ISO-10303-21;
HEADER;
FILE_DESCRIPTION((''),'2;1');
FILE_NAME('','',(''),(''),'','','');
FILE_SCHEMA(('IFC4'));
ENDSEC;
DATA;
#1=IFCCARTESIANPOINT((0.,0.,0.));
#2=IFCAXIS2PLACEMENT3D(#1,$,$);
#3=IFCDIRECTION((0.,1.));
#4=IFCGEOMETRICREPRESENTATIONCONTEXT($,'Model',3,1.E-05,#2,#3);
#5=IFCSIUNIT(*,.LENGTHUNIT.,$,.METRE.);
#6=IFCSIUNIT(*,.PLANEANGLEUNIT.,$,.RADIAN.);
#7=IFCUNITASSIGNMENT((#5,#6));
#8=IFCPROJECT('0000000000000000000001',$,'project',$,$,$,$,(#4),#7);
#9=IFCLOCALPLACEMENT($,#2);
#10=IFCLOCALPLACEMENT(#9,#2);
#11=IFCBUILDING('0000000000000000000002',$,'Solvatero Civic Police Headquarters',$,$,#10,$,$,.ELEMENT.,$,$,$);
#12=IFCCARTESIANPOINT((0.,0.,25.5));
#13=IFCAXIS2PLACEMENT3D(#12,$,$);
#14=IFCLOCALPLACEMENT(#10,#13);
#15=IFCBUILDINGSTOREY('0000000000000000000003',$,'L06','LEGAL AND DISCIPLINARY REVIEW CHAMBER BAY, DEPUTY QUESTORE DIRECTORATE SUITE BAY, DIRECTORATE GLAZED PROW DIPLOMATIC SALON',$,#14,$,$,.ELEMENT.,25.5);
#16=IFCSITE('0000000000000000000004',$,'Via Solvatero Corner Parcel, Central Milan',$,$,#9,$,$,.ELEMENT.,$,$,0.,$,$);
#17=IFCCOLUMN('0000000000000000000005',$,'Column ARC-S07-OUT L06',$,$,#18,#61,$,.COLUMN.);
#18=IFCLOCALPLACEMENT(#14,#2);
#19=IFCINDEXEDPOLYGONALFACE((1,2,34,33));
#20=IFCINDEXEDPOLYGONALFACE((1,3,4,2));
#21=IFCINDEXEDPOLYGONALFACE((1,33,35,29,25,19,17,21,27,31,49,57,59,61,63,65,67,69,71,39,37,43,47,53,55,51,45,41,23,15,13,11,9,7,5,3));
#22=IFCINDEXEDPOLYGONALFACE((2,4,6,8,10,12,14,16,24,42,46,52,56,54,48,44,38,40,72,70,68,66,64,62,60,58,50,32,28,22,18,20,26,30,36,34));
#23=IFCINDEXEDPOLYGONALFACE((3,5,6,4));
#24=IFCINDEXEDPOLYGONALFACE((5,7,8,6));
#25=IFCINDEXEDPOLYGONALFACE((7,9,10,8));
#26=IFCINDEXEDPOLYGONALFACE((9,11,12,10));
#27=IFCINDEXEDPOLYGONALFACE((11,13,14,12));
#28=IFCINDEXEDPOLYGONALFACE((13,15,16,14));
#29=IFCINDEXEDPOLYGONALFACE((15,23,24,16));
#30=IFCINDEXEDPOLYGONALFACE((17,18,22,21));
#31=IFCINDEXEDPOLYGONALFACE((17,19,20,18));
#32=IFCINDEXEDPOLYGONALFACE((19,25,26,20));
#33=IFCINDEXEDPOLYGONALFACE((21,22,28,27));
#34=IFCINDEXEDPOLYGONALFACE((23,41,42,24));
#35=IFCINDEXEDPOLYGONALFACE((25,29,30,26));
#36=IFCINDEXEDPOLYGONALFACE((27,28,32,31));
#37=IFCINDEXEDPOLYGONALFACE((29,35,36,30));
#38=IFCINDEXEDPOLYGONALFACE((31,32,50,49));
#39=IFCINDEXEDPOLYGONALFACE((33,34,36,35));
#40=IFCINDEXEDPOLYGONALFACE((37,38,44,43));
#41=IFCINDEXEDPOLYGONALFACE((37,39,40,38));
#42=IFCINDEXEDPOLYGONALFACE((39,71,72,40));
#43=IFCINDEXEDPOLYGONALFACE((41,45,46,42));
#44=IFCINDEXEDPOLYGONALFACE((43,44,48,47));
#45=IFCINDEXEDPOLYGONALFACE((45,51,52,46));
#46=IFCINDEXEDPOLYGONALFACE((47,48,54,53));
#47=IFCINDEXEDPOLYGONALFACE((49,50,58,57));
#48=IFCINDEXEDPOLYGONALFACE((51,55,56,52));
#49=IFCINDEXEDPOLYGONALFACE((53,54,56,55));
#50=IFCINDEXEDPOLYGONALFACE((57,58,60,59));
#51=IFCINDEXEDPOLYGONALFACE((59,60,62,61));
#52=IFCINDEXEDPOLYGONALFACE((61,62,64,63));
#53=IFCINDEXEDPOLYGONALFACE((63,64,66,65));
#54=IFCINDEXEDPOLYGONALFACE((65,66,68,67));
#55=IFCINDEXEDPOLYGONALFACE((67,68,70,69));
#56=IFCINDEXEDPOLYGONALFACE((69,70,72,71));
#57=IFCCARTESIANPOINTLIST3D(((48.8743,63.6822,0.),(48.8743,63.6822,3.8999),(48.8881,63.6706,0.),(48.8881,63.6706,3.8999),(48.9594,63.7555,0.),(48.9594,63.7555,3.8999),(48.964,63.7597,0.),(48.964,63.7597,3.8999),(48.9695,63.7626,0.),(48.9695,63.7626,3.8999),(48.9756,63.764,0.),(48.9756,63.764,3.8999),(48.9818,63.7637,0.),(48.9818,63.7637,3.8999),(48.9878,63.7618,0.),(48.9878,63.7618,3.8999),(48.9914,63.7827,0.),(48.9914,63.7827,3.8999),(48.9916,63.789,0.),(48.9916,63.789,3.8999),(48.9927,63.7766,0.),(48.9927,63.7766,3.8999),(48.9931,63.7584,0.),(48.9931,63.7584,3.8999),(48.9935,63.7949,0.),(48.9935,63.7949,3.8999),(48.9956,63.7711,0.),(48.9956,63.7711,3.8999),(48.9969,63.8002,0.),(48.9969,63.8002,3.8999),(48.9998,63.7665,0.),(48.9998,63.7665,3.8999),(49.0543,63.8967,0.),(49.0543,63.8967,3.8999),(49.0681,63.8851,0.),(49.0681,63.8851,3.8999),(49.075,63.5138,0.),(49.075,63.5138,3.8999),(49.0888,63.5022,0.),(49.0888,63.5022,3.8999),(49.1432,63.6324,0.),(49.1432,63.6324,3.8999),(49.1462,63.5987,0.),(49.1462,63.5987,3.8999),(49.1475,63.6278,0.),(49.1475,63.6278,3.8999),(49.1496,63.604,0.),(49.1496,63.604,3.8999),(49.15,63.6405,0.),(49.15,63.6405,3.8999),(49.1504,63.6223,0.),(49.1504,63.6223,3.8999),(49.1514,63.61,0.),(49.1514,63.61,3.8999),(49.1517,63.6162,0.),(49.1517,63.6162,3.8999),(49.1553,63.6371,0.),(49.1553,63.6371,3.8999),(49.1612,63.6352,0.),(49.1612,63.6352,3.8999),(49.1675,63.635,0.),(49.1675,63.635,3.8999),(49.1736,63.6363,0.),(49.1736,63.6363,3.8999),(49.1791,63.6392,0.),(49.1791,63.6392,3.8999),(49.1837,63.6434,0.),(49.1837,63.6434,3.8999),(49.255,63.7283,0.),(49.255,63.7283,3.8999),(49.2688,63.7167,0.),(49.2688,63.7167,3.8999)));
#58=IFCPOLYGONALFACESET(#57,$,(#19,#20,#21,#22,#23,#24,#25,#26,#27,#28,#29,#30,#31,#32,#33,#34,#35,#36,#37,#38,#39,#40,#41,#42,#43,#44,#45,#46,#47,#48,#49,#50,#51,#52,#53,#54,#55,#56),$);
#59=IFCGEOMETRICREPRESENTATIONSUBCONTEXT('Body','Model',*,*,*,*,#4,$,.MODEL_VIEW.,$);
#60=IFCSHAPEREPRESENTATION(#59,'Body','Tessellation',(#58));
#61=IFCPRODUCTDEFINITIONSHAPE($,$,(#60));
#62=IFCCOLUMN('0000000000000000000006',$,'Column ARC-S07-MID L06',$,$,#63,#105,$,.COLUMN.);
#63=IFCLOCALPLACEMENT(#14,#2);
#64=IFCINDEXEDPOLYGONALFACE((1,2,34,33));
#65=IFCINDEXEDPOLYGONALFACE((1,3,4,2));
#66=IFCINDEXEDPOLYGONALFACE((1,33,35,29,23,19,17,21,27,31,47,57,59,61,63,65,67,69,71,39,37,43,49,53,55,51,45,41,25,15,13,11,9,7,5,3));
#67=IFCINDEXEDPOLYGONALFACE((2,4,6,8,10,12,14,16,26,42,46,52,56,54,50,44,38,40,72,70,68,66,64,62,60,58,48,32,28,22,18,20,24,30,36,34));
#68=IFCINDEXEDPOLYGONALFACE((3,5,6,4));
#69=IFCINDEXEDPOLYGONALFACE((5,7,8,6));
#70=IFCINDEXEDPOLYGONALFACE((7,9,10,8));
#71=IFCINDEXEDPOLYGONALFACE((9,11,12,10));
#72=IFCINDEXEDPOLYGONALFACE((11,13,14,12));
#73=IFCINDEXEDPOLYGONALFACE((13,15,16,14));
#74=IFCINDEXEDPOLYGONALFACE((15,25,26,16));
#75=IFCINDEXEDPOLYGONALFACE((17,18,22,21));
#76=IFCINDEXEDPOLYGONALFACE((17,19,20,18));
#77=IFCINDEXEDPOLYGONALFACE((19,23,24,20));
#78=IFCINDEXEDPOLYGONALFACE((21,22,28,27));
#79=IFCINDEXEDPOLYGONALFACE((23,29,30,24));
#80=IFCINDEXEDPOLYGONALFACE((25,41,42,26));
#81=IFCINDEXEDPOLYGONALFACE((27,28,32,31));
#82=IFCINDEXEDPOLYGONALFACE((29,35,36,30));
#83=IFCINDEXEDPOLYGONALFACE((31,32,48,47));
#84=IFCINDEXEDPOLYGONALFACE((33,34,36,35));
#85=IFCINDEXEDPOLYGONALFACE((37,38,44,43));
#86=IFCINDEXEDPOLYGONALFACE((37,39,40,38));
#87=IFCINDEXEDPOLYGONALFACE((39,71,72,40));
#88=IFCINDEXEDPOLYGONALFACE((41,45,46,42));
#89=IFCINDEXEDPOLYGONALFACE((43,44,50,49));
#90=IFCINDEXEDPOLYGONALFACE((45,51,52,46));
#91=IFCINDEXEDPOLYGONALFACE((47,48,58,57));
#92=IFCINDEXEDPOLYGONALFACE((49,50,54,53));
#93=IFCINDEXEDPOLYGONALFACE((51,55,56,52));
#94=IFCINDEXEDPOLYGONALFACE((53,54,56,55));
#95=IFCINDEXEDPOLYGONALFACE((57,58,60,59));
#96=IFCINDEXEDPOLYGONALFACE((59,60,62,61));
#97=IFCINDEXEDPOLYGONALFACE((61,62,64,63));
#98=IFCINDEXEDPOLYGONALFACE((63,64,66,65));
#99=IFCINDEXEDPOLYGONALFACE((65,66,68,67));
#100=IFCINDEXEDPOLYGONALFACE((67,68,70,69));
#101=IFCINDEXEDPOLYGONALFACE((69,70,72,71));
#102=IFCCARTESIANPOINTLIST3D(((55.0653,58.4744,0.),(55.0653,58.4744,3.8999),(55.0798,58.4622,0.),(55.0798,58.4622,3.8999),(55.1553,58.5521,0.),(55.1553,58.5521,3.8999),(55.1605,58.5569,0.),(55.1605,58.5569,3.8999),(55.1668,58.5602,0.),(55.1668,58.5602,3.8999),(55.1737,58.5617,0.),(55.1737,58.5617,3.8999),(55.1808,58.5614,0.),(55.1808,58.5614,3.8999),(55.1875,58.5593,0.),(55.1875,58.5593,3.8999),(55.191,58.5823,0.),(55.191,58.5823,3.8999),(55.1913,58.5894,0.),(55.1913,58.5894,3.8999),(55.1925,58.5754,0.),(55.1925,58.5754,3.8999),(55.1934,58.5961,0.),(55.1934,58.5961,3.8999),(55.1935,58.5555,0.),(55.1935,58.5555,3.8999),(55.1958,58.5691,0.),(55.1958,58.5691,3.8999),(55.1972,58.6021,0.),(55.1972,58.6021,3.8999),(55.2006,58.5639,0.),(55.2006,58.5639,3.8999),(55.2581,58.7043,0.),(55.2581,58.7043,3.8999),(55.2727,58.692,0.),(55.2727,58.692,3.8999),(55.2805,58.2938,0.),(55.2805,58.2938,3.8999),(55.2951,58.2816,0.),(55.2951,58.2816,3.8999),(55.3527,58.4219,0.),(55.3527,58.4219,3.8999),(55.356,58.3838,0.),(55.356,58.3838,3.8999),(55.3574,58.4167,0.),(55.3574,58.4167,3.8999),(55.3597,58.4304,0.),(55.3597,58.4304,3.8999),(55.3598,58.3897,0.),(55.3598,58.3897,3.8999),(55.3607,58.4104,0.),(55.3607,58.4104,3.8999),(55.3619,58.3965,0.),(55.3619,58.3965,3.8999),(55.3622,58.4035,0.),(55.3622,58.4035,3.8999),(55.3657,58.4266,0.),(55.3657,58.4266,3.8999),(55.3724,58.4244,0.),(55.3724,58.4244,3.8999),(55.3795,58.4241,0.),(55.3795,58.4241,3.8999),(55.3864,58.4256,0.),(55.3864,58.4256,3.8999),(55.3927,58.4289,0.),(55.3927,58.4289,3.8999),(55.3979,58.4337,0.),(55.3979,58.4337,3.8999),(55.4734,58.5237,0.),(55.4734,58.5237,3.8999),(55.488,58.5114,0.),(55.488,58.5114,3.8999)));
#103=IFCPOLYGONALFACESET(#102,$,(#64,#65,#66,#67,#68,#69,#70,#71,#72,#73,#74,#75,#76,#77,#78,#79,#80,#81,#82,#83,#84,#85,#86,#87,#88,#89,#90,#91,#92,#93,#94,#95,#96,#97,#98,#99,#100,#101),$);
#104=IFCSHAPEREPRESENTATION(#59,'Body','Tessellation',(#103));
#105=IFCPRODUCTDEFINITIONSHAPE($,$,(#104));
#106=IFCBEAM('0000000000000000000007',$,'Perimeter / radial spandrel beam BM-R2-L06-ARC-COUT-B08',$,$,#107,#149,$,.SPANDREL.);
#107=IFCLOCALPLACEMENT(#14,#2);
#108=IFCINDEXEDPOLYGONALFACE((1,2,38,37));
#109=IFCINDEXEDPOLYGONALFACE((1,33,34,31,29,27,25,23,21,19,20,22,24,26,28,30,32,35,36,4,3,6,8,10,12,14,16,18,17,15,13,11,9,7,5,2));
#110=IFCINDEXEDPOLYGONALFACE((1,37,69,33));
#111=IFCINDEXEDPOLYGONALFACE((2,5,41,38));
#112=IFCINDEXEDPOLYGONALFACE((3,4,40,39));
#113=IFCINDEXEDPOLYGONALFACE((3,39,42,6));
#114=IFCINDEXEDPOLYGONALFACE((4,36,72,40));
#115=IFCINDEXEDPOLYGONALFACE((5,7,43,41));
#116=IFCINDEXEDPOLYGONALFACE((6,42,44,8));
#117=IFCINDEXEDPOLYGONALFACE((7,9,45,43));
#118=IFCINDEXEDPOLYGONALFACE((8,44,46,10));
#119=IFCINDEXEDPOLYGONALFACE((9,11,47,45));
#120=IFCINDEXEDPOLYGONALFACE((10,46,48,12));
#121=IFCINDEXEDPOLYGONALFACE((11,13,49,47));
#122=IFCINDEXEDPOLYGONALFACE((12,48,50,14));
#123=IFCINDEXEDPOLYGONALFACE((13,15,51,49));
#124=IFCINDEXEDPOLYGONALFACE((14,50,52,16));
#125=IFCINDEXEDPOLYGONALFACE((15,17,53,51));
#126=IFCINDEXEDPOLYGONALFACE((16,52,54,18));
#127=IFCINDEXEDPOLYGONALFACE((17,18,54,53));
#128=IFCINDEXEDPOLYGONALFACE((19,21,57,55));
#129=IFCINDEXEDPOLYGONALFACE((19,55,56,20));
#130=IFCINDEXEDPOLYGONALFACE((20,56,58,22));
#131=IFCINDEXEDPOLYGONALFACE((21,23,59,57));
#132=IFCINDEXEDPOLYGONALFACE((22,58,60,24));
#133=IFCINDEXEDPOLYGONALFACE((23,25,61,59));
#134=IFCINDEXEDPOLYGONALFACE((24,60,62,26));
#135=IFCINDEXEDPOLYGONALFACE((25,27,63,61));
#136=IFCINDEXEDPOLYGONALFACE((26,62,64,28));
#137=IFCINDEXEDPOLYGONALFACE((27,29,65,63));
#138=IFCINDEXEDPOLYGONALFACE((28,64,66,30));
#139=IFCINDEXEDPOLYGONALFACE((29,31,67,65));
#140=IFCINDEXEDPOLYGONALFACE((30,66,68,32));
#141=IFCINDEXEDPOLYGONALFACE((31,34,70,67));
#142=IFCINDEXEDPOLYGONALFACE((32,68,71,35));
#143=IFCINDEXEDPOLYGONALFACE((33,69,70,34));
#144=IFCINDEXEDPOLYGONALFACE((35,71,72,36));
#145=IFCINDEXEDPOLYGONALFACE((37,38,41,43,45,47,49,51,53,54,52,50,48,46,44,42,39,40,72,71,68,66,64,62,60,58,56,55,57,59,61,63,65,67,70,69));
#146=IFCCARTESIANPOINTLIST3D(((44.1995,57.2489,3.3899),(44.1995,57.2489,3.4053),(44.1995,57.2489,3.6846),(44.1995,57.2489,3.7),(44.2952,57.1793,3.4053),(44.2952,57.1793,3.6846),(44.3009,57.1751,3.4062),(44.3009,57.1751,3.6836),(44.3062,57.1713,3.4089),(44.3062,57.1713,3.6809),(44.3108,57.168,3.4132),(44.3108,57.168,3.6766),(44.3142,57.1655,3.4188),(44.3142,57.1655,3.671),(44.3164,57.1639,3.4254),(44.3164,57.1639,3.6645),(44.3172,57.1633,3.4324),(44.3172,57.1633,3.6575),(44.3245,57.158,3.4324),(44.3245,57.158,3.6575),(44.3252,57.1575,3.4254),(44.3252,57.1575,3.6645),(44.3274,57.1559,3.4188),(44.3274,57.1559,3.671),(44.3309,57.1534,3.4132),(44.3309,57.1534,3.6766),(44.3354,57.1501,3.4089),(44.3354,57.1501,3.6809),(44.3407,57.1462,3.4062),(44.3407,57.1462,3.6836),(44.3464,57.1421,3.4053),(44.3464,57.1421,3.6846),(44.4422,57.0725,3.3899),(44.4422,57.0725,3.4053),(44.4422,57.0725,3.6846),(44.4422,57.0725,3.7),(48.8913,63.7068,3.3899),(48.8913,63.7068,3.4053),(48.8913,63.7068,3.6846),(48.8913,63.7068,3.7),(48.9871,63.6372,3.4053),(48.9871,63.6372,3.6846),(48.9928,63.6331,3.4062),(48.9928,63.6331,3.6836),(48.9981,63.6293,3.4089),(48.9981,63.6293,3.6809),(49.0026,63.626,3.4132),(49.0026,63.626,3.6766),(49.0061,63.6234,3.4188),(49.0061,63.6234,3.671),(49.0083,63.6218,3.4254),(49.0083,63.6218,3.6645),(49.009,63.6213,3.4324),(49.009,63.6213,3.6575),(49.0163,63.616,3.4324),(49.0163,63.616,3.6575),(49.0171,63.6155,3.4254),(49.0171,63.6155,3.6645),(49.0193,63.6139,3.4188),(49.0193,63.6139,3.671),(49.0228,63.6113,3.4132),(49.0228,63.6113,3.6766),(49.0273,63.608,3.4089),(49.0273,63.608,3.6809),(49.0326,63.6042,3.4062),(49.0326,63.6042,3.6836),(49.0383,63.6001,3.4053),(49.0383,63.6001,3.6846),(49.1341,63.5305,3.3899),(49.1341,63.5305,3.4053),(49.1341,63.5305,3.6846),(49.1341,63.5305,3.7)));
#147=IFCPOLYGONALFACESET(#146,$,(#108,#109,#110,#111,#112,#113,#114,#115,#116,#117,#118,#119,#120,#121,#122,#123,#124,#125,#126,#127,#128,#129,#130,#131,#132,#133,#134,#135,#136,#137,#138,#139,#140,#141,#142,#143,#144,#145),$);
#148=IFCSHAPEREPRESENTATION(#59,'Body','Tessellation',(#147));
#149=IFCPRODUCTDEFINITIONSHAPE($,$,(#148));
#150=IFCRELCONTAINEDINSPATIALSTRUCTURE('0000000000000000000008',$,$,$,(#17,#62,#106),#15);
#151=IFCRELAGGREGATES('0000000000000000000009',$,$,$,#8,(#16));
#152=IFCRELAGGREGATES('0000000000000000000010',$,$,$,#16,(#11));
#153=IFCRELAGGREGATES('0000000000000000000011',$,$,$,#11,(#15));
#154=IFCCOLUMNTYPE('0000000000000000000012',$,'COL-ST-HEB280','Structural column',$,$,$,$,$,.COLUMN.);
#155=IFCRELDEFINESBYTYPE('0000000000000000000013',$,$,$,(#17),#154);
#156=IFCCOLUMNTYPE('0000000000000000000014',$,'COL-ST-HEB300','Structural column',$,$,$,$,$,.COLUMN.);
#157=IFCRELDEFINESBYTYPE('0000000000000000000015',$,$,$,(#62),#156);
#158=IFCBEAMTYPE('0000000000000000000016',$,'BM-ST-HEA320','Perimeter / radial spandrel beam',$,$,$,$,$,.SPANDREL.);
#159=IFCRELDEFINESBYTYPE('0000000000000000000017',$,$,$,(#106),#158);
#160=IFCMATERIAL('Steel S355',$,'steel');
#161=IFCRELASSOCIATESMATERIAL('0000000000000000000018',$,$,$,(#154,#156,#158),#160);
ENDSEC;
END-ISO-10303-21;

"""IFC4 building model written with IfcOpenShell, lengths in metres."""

from ifc_helpers import new_model, si_unit, direction, frame, origin, origin_2d, place, context, subcontext, project, spatial, i_section, extrude, material, material_profile, profile_set, type_object, element, save


model = new_model("IFC4")

# Units and contexts
model_context = context("Model", 3, precision=1e-05, world=origin(), true_north=direction((0.0, 1.0)))
body_context = subcontext(model_context, "Body", "Model", "MODEL_VIEW")
ifc_project = project(units=[si_unit("LENGTHUNIT", "METRE"), si_unit("PLANEANGLEUNIT", "RADIAN")], contexts=[model_context])

# Site, building, storey
site_placement = place(None, origin())
site = spatial("IfcSite", under=ifc_project, at=site_placement, Name="Via Solvatero Corner Parcel, Central Milan", CompositionType="ELEMENT", RefElevation=0.0)
building_placement = place(site_placement, origin())
building = spatial("IfcBuilding", under=site, at=building_placement, Name="Solvatero Civic Police Headquarters", CompositionType="ELEMENT")
storey_placement = place(building_placement, frame((0.0, 0.0, 25.5)))
storey = spatial("IfcBuildingStorey", under=building, at=storey_placement, Name="L06", Description="LEGAL AND DISCIPLINARY REVIEW CHAMBER BAY, DEPUTY QUESTORE DIRECTORATE SUITE BAY, DIRECTORATE GLAZED PROW DIPLOMATIC SALON", CompositionType="ELEMENT", Elevation=25.5)

# Columns
ifc_material_1 = material(Name="Steel S355", Category="steel")
ifc_material_profile_1 = material_profile(ifc_material_1, i_section(OverallWidth=0.28, OverallDepth=0.28, WebThickness=0.0105, FlangeThickness=0.0181, FilletRadius=0.0239, at=origin_2d()), Name="HEB 280")
ifc_profile_set_1 = profile_set([ifc_material_profile_1], Name="Steel S355")
column_type_1 = type_object("IfcColumnType", Name="COL-ST-HEB280", Description="Structural column", PredefinedType="COLUMN", material=ifc_profile_set_1)
column_1_placement = place(storey_placement, frame((49.0715, 63.6995, 0.0), z_axis=(0.0, 0.0, 1.0), x_axis=(0.642788, 0.766044, 0.0)))
element("IfcColumn", 1, at=column_1_placement, inside=storey, type_object=column_type_1, Name="Column ARC-S07-OUT L06", PredefinedType="COLUMN", context=body_context, shape_type="SweptSolid", body=[
    extrude(i_section(OverallWidth=0.28, OverallDepth=0.28, WebThickness=0.0105, FlangeThickness=0.0181, FilletRadius=0.0239, at=origin_2d()), origin(), (0.0, 0.0, 1.0), 3.8999),
])
ifc_material_profile_2 = material_profile(ifc_material_1, i_section(OverallWidth=0.3, OverallDepth=0.3, WebThickness=0.011, FlangeThickness=0.019, FilletRadius=0.0271, at=origin_2d()), Name="HEB 300")
ifc_profile_set_2 = profile_set([ifc_material_profile_2], Name="Steel S355")
column_type_2 = type_object("IfcColumnType", Name="COL-ST-HEB300", Description="Structural column", PredefinedType="COLUMN", material=ifc_profile_set_2)
column_2_placement = place(storey_placement, frame((55.2766, 58.4929, 0.0), z_axis=(0.0, 0.0, 1.0), x_axis=(0.642788, 0.766044, 0.0)))
element("IfcColumn", 2, at=column_2_placement, inside=storey, type_object=column_type_2, Name="Column ARC-S07-MID L06", PredefinedType="COLUMN", context=body_context, shape_type="SweptSolid", body=[
    extrude(i_section(OverallWidth=0.3, OverallDepth=0.3, WebThickness=0.011, FlangeThickness=0.019, FilletRadius=0.0271, at=origin_2d()), origin(), (0.0, 0.0, 1.0), 3.8999),
])

# Beam
ifc_material_profile_3 = material_profile(ifc_material_1, i_section(OverallWidth=0.3, OverallDepth=0.3101, WebThickness=0.009, FlangeThickness=0.0154, FilletRadius=0.0271, at=origin_2d()), Name="HEA 320")
ifc_profile_set_3 = profile_set([ifc_material_profile_3], Name="Steel S355")
beam_type_1 = type_object("IfcBeamType", Name="BM-ST-HEA320", Description="Perimeter / radial spandrel beam", PredefinedType="SPANDREL", material=ifc_profile_set_3)
beam_1_placement = place(storey_placement, frame((49.0127, 63.6187, 3.5449), z_axis=(-0.587775, -0.809024, 0.0), x_axis=(0.809024, -0.587775, 0.0)))
element("IfcBeam", 3, at=beam_1_placement, inside=storey, type_object=beam_type_1, Name="Perimeter / radial spandrel beam BM-R2-L06-ARC-COUT-B08", PredefinedType="SPANDREL", context=body_context, shape_type="SweptSolid", body=[
    extrude(i_section(OverallWidth=0.3, OverallDepth=0.3101, WebThickness=0.009, FlangeThickness=0.0154, FilletRadius=0.0271, at=origin_2d()), origin(), (0.0, 0.0, 1.0), 7.9824),
])

save(model, "model.ifc")
